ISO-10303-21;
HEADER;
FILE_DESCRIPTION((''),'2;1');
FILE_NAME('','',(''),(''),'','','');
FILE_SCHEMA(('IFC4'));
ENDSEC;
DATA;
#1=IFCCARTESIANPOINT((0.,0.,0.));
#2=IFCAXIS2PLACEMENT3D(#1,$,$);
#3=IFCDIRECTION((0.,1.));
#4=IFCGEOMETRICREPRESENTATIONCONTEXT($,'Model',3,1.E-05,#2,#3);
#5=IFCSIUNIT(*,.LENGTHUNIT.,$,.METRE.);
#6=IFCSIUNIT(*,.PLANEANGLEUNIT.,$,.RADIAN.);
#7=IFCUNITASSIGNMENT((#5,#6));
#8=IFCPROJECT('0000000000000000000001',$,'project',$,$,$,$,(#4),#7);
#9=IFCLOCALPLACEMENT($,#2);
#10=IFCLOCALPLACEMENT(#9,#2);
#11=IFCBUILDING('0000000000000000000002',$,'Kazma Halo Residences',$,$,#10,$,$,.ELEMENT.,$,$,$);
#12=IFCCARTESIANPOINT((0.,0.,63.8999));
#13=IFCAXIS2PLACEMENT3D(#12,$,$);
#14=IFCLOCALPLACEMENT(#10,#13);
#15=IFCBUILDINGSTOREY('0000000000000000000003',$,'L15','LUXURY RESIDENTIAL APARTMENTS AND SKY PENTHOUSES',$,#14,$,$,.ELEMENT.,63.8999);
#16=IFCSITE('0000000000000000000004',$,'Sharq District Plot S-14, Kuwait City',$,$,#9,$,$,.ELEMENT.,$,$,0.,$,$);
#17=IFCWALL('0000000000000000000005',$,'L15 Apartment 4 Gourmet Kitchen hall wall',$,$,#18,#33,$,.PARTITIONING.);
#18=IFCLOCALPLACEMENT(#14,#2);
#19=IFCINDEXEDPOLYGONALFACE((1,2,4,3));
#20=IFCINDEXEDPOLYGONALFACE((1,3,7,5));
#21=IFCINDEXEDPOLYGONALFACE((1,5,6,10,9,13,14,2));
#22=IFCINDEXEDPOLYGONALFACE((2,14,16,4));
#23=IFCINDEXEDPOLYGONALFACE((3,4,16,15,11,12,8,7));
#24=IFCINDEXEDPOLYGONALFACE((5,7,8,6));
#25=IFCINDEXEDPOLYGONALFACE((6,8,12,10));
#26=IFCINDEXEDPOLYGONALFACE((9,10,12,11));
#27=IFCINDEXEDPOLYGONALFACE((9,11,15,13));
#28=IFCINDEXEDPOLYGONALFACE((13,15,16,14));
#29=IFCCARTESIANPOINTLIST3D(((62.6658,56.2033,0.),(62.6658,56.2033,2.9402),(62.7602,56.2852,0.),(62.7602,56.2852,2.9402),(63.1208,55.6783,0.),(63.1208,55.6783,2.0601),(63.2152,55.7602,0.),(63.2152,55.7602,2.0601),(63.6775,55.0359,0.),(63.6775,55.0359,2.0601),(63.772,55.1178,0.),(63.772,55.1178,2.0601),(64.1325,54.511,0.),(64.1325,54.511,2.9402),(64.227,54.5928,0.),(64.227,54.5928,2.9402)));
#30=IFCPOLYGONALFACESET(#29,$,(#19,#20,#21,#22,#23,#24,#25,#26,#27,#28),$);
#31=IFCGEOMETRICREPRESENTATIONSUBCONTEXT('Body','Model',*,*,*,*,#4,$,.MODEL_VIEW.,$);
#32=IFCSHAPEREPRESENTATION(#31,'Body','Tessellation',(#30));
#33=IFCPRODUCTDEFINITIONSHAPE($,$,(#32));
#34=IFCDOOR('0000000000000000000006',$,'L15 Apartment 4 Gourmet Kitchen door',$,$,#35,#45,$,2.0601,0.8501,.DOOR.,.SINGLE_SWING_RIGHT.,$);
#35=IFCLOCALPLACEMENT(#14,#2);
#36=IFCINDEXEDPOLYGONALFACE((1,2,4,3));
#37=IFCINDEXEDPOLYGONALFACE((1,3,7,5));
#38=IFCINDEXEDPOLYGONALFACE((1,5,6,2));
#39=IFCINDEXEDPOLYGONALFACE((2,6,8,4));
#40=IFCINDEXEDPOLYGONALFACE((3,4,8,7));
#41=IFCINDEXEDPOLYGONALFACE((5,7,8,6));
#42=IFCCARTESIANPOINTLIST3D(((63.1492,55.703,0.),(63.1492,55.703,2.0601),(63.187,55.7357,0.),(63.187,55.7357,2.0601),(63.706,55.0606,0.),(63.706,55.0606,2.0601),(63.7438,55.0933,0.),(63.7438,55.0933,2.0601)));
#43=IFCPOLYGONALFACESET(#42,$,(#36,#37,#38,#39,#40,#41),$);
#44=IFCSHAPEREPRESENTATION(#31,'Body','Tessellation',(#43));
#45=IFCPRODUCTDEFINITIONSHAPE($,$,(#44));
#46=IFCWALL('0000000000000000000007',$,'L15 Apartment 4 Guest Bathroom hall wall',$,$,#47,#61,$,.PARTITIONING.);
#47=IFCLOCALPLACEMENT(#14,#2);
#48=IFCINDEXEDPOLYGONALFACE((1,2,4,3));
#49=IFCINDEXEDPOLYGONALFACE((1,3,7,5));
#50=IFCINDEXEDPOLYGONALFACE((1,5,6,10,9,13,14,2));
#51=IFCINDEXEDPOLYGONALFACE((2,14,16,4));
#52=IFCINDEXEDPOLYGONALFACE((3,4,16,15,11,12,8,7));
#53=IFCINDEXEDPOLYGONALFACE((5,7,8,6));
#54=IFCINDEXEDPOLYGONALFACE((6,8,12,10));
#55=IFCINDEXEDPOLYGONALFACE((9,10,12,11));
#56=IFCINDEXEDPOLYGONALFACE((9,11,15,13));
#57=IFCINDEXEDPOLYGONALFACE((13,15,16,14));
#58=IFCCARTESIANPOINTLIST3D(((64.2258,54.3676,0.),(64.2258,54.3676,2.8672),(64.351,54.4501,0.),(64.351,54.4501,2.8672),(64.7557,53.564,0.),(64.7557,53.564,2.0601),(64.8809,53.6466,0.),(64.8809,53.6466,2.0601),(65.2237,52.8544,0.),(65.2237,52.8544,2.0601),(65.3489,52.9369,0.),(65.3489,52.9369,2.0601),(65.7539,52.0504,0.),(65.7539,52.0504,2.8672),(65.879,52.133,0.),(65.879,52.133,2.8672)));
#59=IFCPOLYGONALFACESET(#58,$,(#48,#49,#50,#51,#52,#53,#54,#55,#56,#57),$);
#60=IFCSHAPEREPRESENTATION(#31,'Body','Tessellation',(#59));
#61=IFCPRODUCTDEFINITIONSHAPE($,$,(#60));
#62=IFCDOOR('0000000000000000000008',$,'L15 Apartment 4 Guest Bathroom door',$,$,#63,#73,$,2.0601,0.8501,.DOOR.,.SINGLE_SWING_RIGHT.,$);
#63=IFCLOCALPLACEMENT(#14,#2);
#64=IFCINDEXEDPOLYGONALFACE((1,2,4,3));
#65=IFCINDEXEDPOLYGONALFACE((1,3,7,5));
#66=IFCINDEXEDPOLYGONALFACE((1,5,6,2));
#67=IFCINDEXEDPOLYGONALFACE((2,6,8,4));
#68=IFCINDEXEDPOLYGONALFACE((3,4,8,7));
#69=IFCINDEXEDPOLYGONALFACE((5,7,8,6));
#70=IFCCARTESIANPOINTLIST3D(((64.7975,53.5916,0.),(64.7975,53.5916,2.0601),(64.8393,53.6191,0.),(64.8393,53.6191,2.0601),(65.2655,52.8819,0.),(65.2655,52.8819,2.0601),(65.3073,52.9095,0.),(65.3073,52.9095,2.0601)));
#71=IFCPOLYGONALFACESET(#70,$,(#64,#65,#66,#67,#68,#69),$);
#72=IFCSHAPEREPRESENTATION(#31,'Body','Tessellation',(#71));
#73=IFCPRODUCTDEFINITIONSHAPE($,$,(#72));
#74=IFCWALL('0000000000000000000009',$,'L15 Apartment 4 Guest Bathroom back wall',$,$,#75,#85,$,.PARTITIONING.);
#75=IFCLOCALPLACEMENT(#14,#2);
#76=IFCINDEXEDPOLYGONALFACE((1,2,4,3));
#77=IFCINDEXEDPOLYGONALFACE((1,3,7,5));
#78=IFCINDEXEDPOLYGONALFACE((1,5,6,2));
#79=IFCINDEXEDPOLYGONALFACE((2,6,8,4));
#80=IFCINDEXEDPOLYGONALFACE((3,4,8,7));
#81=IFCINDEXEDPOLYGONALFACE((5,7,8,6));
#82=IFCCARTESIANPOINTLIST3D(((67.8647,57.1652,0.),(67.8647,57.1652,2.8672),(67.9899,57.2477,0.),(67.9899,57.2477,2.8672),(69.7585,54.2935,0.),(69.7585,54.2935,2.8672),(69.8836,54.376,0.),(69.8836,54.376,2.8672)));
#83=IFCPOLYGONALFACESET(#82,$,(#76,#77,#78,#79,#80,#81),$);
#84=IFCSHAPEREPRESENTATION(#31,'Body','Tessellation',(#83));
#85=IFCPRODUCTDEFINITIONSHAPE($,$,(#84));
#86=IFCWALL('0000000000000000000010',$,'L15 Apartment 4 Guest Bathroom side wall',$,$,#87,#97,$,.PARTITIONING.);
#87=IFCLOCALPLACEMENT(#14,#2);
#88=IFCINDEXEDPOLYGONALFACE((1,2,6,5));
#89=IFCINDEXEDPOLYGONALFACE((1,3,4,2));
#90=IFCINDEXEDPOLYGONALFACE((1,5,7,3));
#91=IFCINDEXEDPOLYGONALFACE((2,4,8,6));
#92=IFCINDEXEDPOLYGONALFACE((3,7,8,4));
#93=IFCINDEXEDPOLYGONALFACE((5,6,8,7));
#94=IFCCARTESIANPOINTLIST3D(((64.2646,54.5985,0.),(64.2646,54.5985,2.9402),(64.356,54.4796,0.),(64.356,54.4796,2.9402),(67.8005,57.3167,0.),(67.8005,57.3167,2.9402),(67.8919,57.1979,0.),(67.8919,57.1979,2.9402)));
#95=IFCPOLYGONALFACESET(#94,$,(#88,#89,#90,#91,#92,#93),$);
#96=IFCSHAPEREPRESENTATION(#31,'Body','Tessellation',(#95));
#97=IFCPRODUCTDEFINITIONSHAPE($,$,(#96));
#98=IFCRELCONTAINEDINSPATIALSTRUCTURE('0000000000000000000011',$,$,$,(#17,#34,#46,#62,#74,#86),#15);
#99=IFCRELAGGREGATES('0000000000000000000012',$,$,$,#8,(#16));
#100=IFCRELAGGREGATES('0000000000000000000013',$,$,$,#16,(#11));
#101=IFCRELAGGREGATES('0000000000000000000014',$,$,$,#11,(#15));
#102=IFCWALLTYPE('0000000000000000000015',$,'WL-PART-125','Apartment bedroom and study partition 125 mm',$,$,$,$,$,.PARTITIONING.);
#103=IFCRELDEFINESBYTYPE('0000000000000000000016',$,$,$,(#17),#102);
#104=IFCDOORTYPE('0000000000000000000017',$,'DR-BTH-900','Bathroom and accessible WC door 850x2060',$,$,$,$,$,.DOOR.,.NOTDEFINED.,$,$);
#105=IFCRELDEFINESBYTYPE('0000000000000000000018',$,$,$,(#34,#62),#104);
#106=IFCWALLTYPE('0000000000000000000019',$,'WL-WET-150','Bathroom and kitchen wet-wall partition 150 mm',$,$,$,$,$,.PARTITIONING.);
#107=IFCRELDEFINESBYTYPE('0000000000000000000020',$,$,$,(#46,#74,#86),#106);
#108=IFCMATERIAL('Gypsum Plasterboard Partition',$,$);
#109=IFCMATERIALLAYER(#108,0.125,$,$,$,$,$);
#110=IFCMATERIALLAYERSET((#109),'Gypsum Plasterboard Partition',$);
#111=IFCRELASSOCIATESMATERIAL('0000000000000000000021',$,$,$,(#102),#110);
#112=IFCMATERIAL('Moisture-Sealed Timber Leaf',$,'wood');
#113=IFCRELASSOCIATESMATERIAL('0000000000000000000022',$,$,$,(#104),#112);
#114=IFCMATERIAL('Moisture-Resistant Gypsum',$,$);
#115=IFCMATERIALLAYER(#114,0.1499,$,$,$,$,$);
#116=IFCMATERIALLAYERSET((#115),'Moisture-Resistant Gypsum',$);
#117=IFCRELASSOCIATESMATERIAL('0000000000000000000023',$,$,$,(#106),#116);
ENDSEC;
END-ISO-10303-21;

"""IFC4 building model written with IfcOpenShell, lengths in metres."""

from ifc_helpers import new_model, si_unit, direction, frame, frame_2d, origin, place, context, subcontext, project, spatial, rectangle, extrude, material, layer, layer_set, type_object, element, fill, save


model = new_model("IFC4")

# Units and contexts
model_context = context("Model", 3, precision=1e-05, world=origin(), true_north=direction((0.0, 1.0)))
body_context = subcontext(model_context, "Body", "Model", "MODEL_VIEW")
ifc_project = project(units=[si_unit("LENGTHUNIT", "METRE"), si_unit("PLANEANGLEUNIT", "RADIAN")], contexts=[model_context])

# Site, building, storey
site_placement = place(None, origin())
site = spatial("IfcSite", under=ifc_project, at=site_placement, Name="Sharq District Plot S-14, Kuwait City", CompositionType="ELEMENT", RefElevation=0.0)
building_placement = place(site_placement, origin())
building = spatial("IfcBuilding", under=site, at=building_placement, Name="Kazma Halo Residences", CompositionType="ELEMENT")
storey_placement = place(building_placement, frame((0.0, 0.0, 63.8999)))
storey = spatial("IfcBuildingStorey", under=building, at=storey_placement, Name="L15", Description="LUXURY RESIDENTIAL APARTMENTS AND SKY PENTHOUSES", CompositionType="ELEMENT", Elevation=63.8999)

# Shared definitions
ifc_material_1 = material(Name="Gypsum Plasterboard Partition")
ifc_layer_1 = layer(ifc_material_1, 0.125)
ifc_layer_set_1 = layer_set([ifc_layer_1], Name="Gypsum Plasterboard Partition")
wall_type_1 = type_object("IfcWallType", Name="WL-PART-125", Description="Apartment bedroom and study partition 125 mm", PredefinedType="PARTITIONING", material=ifc_layer_set_1)

# Walls, openings, doors
ifc_material_2 = material(Name="Moisture-Sealed Timber Leaf", Category="wood")
door_type = type_object("IfcDoorType", Name="DR-BTH-900", Description="Bathroom and accessible WC door 850x2060", OperationType="NOTDEFINED", PredefinedType="DOOR", material=ifc_material_2)
wall_1_placement = place(storey_placement, frame((64.1797, 54.552, 0.0), z_axis=(0.0, 0.0, 1.0), x_axis=(-0.654947, 0.755675, 0.0)))
wall_1 = element("IfcWall", 1, at=wall_1_placement, inside=storey, type_object=wall_type_1, Name="L15 Apartment 4 Gourmet Kitchen hall wall", PredefinedType="PARTITIONING", context=body_context, shape_type="SweptSolid", body=[
    extrude(rectangle(XDim=2.2395, YDim=0.125, at=frame_2d((1.1196, 0.0))), origin(), (0.0, 0.0, 1.0), 2.9402),
])
opening_1_placement = place(wall_1_placement, frame((0.6946, 0.0, 0.0)))
opening_1 = element("IfcOpeningElement", 2, at=opening_1_placement, cuts=wall_1, PredefinedType="OPENING", context=body_context, shape_type="SweptSolid", body=[
    extrude(rectangle(XDim=0.8501, YDim=2.0601, at=frame_2d((0.425, 1.03))), frame((0.0, 0.0725, 0.0), z_axis=(0.0, -1.0, 0.0), x_axis=(1.0, 0.0, 0.0)), (0.0, 0.0, 1.0), 0.145),
])
door_1_placement = place(opening_1_placement, origin())
door_1 = element("IfcDoor", 3, at=door_1_placement, inside=storey, type_object=door_type, Name="L15 Apartment 4 Gourmet Kitchen door", OperationType="SINGLE_SWING_RIGHT", OverallHeight=2.0601, OverallWidth=0.8501, PredefinedType="DOOR", context=body_context, shape_type="SweptSolid", body=[
    extrude(rectangle(XDim=0.8501, YDim=2.0601, at=frame_2d((0.425, 1.03))), frame((0.0, 0.0249, 0.0), z_axis=(0.0, -1.0, 0.0), x_axis=(1.0, 0.0, 0.0)), (0.0, 0.0, 1.0), 0.05),
])
fill(opening_1, door_1)
ifc_material_3 = material(Name="Moisture-Resistant Gypsum")
ifc_layer_2 = layer(ifc_material_3, 0.1499)
ifc_layer_set_2 = layer_set([ifc_layer_2], Name="Moisture-Resistant Gypsum")
wall_type_2 = type_object("IfcWallType", Name="WL-WET-150", Description="Bathroom and kitchen wet-wall partition 150 mm", PredefinedType="PARTITIONING", material=ifc_layer_set_2)
wall_2_placement = place(storey_placement, frame((65.8164, 52.0918, 0.0), z_axis=(0.0, 0.0, 1.0), x_axis=(-0.550532, 0.834814, 0.0)))
wall_2 = element("IfcWall", 4, at=wall_2_placement, inside=storey, type_object=wall_type_2, Name="L15 Apartment 4 Guest Bathroom hall wall", PredefinedType="PARTITIONING", context=body_context, shape_type="SweptSolid", body=[
    extrude(rectangle(XDim=2.7756, YDim=0.1499, at=frame_2d((1.3877, 0.0))), origin(), (0.0, 0.0, 1.0), 2.8672),
])
opening_2_placement = place(wall_2_placement, frame((0.9629, 0.0, 0.0)))
opening_2 = element("IfcOpeningElement", 5, at=opening_2_placement, cuts=wall_2, PredefinedType="OPENING", context=body_context, shape_type="SweptSolid", body=[
    extrude(rectangle(XDim=0.8501, YDim=2.0601, at=frame_2d((0.425, 1.03))), frame((0.0, 0.085, 0.0), z_axis=(0.0, -1.0, 0.0), x_axis=(1.0, 0.0, 0.0)), (0.0, 0.0, 1.0), 0.1699),
])
door_2_placement = place(opening_2_placement, origin())
door_2 = element("IfcDoor", 6, at=door_2_placement, inside=storey, type_object=door_type, Name="L15 Apartment 4 Guest Bathroom door", OperationType="SINGLE_SWING_RIGHT", OverallHeight=2.0601, OverallWidth=0.8501, PredefinedType="DOOR", context=body_context, shape_type="SweptSolid", body=[
    extrude(rectangle(XDim=0.8501, YDim=2.0601, at=frame_2d((0.425, 1.03))), frame((0.0, 0.0249, 0.0), z_axis=(0.0, -1.0, 0.0), x_axis=(1.0, 0.0, 0.0)), (0.0, 0.0, 1.0), 0.05),
])
fill(opening_2, door_2)

# Walls
wall_3_placement = place(storey_placement, frame((69.821, 54.3347, 0.0), z_axis=(0.0, 0.0, 1.0), x_axis=(-0.550517, 0.834824, 0.0)))
element("IfcWall", 7, at=wall_3_placement, inside=storey, type_object=wall_type_2, Name="L15 Apartment 4 Guest Bathroom back wall", PredefinedType="PARTITIONING", context=body_context, shape_type="SweptSolid", body=[
    extrude(rectangle(XDim=3.4399, YDim=0.1499, at=frame_2d((1.72, 0.0))), origin(), (0.0, 0.0, 1.0), 2.8672),
])
wall_4_placement = place(storey_placement, frame((64.3103, 54.5391, 0.0), z_axis=(0.0, 0.0, 1.0), x_axis=(0.792803, 0.609478, 0.0)))
element("IfcWall", 8, at=wall_4_placement, inside=storey, type_object=wall_type_2, Name="L15 Apartment 4 Guest Bathroom side wall", PredefinedType="PARTITIONING", context=body_context, shape_type="SweptSolid", body=[
    extrude(rectangle(XDim=4.46, YDim=0.1499, at=frame_2d((2.23, 0.0))), origin(), (0.0, 0.0, 1.0), 2.9402),
])

save(model, "model.ifc")
